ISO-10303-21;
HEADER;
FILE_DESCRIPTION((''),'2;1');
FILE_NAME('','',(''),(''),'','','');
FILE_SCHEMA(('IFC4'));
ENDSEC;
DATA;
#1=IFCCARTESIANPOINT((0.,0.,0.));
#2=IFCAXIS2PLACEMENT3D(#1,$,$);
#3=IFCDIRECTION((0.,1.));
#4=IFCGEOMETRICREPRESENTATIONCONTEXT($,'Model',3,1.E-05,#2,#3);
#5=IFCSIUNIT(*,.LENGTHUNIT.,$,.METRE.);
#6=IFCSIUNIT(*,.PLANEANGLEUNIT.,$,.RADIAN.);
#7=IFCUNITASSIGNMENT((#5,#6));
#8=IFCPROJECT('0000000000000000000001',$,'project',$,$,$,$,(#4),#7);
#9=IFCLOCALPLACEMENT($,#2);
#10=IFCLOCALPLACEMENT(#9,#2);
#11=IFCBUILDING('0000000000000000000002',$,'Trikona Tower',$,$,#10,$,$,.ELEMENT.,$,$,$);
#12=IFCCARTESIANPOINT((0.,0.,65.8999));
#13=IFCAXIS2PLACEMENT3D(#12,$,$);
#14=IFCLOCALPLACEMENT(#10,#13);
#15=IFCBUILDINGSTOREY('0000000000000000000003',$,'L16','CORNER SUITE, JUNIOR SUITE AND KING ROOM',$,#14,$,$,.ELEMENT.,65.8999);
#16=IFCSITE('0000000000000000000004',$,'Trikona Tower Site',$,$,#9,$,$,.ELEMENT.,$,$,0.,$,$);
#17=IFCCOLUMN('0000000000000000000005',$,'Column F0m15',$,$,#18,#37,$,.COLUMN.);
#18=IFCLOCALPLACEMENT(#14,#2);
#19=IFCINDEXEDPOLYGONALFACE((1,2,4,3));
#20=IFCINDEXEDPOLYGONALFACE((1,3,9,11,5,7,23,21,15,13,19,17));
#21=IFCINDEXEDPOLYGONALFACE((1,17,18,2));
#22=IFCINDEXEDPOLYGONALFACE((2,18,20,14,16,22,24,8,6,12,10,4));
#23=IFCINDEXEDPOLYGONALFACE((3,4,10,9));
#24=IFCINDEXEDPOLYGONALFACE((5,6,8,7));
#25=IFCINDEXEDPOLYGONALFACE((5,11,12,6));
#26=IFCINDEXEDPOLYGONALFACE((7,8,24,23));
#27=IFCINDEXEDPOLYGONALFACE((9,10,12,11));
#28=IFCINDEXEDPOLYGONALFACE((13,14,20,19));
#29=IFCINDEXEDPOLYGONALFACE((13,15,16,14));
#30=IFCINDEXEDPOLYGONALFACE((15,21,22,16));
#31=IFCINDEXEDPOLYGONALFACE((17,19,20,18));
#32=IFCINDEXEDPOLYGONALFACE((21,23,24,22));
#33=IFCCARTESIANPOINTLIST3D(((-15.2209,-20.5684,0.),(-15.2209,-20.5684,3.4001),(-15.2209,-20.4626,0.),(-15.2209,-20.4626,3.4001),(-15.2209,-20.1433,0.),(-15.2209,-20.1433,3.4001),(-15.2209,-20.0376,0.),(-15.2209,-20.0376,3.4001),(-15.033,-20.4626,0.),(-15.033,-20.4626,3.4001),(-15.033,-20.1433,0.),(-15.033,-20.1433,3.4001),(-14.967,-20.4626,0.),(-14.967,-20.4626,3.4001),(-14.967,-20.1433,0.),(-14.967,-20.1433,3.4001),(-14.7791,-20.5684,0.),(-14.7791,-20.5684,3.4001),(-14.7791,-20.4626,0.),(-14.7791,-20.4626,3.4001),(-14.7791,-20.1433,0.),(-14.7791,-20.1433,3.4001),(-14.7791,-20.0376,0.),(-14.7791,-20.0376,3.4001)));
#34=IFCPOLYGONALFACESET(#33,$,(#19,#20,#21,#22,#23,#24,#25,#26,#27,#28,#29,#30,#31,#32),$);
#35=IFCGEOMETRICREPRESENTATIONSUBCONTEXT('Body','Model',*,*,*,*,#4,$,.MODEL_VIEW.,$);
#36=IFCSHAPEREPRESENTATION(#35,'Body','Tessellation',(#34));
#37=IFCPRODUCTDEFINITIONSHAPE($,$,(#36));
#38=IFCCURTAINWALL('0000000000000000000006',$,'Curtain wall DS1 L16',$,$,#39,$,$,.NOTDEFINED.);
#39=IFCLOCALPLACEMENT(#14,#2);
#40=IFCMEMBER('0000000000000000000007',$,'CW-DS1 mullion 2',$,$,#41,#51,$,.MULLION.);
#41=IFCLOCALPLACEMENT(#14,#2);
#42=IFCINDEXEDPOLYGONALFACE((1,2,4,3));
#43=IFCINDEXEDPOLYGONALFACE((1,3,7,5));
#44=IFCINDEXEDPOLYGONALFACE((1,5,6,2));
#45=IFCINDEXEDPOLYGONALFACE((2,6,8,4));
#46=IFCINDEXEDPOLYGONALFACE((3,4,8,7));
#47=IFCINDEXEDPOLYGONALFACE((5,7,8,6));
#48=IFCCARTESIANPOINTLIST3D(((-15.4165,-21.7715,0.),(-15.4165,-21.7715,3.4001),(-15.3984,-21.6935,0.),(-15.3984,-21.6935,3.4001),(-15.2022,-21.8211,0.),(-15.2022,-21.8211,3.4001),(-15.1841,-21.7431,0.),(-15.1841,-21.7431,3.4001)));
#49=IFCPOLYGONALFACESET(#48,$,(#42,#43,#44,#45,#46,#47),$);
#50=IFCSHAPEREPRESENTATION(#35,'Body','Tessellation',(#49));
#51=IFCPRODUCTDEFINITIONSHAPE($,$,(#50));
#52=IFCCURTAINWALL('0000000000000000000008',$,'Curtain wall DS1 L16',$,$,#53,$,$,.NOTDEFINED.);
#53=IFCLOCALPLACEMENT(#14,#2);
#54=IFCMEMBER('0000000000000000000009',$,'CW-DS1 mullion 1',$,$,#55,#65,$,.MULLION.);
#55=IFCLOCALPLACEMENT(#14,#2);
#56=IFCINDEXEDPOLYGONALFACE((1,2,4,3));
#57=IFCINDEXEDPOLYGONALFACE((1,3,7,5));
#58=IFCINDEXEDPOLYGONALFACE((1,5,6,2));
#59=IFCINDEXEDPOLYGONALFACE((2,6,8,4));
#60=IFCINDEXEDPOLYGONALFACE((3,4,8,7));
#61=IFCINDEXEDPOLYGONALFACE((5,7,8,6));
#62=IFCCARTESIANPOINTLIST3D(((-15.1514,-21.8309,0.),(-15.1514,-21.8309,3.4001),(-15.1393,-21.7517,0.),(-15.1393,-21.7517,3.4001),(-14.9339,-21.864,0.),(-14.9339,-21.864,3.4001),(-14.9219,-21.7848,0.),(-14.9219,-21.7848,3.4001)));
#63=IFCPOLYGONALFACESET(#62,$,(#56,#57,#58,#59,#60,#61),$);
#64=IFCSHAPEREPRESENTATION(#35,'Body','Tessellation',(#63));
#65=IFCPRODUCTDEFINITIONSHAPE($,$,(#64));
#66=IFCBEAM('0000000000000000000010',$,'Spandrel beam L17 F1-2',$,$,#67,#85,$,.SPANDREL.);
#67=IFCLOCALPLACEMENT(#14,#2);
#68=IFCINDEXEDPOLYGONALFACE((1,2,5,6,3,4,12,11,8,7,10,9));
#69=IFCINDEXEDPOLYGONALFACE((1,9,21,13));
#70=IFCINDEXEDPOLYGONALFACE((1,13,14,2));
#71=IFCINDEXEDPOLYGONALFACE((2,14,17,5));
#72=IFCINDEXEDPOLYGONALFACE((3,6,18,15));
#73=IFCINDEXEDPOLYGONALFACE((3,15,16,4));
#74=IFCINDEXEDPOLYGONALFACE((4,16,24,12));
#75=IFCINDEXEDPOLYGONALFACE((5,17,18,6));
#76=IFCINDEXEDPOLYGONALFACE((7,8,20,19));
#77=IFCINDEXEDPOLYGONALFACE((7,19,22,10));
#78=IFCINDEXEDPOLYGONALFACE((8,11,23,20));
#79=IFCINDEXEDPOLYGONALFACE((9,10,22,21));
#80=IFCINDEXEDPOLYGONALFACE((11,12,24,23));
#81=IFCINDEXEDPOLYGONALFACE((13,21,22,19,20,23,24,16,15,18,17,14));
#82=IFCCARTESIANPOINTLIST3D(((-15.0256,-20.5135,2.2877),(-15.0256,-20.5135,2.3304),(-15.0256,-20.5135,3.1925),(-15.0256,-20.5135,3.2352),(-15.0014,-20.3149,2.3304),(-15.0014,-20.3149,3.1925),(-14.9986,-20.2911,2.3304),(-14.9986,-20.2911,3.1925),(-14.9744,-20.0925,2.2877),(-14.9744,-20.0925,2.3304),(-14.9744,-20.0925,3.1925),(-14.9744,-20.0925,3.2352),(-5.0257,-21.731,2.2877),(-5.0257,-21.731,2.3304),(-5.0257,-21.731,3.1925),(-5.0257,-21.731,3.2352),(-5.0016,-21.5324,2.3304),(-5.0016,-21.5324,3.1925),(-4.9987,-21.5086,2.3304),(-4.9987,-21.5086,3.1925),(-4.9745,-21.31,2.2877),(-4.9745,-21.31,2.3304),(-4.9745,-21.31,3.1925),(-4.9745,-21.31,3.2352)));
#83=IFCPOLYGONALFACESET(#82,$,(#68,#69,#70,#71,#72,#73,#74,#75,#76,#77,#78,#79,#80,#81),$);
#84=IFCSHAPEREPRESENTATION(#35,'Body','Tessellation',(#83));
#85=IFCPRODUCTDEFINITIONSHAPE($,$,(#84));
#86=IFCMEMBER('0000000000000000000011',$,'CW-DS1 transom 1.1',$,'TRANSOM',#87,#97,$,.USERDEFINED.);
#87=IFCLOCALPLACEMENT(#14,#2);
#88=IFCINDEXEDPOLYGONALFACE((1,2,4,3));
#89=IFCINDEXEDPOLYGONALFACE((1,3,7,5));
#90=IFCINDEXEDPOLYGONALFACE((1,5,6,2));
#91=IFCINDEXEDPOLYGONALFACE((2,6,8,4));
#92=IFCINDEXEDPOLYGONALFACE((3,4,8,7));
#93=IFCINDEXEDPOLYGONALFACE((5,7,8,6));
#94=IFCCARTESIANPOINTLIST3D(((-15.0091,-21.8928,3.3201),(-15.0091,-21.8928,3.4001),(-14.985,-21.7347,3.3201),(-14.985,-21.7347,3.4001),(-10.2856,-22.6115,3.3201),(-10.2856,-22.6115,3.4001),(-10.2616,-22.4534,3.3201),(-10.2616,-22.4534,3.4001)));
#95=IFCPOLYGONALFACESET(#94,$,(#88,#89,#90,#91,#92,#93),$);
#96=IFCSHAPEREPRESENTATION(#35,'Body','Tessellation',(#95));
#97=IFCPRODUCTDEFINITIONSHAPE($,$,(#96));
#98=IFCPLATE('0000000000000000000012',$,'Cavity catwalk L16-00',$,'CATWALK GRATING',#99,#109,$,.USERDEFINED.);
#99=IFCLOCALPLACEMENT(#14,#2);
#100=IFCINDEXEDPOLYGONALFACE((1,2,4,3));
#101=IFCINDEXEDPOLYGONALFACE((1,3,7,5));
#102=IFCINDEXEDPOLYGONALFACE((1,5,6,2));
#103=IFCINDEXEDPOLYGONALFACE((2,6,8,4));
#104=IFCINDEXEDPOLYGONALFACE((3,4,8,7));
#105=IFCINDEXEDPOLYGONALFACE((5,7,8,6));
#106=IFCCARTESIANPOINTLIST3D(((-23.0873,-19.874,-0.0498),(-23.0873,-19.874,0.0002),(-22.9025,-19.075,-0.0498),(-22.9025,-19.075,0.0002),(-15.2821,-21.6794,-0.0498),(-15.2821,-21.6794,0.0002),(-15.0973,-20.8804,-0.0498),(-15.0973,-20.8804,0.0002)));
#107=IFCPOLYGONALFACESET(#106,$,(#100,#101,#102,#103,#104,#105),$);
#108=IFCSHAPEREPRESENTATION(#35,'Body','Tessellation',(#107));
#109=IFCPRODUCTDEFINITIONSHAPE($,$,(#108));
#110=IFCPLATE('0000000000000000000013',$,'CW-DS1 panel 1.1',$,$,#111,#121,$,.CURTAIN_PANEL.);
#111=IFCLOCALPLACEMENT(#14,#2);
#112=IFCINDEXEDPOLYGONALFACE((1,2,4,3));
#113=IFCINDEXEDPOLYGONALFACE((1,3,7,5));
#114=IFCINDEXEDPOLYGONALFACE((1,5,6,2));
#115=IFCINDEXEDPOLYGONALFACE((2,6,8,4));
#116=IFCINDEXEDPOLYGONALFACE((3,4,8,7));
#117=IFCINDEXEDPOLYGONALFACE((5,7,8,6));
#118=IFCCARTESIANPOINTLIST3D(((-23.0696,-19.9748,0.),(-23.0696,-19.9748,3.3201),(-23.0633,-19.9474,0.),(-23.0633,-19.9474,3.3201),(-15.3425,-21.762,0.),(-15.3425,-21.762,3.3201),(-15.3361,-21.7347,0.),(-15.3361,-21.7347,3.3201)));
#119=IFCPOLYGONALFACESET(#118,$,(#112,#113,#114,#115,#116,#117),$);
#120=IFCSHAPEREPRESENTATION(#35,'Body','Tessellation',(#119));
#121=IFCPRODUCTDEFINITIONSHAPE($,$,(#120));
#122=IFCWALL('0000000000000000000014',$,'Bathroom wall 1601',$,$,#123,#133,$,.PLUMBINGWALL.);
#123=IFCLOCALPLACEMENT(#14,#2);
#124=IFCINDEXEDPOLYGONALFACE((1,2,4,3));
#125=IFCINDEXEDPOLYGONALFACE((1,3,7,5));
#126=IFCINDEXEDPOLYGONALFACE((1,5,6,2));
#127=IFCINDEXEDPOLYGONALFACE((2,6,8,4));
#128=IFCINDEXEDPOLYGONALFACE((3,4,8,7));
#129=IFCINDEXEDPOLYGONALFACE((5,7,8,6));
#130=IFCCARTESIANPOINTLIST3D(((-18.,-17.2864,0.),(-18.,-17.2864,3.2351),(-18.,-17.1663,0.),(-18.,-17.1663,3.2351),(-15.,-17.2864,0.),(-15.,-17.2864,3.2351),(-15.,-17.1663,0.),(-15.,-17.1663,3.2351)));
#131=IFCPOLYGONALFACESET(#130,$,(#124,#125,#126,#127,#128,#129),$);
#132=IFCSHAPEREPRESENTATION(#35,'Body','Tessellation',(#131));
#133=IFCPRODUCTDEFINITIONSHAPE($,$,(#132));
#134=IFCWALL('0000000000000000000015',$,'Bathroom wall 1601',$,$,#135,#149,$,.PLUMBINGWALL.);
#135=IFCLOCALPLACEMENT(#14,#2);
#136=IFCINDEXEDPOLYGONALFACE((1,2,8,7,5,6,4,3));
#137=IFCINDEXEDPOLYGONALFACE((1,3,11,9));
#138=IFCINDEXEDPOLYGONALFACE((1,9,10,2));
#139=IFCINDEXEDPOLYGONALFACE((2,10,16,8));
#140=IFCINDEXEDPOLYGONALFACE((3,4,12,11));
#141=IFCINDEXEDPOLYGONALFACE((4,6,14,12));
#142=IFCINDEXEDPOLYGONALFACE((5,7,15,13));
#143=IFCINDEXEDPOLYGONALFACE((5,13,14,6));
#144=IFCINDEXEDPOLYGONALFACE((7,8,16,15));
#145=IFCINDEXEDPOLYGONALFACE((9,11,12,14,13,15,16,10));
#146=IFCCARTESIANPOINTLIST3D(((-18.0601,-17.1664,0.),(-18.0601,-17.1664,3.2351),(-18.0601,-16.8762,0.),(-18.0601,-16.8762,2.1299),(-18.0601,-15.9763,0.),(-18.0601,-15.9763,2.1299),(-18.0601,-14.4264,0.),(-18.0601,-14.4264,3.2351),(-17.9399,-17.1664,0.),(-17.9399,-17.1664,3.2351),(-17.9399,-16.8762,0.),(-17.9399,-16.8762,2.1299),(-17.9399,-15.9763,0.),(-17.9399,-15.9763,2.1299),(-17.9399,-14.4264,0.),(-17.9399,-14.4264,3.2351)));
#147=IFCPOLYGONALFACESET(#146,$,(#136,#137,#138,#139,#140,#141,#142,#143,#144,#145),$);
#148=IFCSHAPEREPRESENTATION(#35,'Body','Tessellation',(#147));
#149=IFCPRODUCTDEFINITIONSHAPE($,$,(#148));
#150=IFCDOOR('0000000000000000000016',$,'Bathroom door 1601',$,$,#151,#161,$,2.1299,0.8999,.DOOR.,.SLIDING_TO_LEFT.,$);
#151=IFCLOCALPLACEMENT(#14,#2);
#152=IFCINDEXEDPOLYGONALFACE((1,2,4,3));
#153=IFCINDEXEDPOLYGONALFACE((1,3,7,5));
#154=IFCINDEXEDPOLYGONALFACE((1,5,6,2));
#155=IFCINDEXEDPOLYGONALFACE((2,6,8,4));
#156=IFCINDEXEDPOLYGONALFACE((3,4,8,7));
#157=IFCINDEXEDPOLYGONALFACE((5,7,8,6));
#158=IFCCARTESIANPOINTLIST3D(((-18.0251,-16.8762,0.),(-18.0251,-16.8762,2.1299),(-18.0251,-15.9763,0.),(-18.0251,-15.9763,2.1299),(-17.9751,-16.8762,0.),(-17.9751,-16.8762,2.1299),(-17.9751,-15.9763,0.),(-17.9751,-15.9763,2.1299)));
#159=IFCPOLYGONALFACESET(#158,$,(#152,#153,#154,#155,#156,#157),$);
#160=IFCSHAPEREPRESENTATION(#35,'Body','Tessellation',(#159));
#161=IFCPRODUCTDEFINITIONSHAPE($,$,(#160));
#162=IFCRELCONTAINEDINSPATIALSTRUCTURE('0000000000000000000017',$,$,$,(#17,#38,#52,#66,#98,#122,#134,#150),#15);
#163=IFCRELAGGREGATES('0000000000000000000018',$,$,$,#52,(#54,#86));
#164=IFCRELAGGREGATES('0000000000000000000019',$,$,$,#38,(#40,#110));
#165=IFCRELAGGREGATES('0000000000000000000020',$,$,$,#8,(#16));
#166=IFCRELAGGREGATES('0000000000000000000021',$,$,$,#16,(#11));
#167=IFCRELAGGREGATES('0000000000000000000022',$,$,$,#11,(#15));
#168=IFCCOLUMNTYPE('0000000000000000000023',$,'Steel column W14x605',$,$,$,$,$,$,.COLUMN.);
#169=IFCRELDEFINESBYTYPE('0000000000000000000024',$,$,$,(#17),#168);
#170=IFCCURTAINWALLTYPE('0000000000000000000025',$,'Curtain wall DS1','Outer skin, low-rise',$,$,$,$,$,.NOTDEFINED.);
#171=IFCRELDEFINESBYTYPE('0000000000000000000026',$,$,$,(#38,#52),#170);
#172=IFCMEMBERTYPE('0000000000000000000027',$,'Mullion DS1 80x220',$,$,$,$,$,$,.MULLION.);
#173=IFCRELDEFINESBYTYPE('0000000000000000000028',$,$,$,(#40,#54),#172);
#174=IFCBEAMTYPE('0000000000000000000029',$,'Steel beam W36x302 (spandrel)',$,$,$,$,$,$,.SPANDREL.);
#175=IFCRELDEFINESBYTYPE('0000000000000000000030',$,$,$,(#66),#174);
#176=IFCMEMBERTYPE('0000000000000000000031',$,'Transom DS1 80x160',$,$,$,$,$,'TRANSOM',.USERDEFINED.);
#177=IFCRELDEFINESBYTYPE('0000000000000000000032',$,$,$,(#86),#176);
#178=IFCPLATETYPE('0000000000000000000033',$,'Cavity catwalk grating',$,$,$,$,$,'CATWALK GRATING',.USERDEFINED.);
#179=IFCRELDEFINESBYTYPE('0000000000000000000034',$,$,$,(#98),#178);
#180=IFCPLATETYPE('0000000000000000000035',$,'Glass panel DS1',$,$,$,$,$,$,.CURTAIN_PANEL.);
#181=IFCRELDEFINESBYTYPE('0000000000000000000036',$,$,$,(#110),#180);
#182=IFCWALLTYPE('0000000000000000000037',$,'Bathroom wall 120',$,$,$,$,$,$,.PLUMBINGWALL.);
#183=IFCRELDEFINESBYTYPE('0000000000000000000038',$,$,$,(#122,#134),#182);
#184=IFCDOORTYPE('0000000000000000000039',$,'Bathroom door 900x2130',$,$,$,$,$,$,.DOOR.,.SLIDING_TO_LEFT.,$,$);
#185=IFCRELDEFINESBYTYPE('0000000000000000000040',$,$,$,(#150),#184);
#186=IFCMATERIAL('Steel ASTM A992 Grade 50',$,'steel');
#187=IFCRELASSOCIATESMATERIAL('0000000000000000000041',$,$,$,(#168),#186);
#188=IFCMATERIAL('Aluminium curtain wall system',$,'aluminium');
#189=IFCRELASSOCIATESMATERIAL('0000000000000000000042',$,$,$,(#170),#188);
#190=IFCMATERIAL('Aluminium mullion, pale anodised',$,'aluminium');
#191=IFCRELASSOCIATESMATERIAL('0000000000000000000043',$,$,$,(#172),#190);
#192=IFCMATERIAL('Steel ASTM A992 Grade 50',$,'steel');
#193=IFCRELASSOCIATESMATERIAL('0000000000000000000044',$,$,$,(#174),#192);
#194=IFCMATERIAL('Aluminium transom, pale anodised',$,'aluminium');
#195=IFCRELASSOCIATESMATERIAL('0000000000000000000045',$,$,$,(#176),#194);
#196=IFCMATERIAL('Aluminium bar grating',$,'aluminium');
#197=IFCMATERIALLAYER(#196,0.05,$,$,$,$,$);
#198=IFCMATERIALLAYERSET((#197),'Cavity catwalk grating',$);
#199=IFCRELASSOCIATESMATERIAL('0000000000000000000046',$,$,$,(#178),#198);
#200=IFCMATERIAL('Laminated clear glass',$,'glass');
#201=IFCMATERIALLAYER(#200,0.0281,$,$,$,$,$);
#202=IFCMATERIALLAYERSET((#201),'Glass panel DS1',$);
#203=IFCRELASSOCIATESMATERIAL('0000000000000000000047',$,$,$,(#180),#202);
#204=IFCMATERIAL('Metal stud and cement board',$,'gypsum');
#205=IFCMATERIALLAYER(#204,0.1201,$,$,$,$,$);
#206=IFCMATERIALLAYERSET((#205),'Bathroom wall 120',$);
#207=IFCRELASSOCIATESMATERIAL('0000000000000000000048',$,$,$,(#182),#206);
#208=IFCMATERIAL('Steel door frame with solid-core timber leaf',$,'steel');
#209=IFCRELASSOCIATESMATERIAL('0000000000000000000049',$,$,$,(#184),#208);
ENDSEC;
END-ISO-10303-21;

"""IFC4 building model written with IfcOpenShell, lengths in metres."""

from ifc_helpers import new_model, si_unit, direction, frame, frame_2d, origin, origin_2d, place, context, subcontext, project, spatial, rectangle, i_section, extrude, material, layer, layer_set, material_profile, profile_set, type_object, element, fill, aggregate, save


model = new_model("IFC4")

# Units and contexts
model_context = context("Model", 3, precision=1e-05, world=origin(), true_north=direction((0.0, 1.0)))
body_context = subcontext(model_context, "Body", "Model", "MODEL_VIEW")
ifc_project = project(units=[si_unit("LENGTHUNIT", "METRE"), si_unit("PLANEANGLEUNIT", "RADIAN")], contexts=[model_context])

# Site, building, storey
site_placement = place(None, origin())
site = spatial("IfcSite", under=ifc_project, at=site_placement, Name="Trikona Tower Site", CompositionType="ELEMENT", RefElevation=0.0)
building_placement = place(site_placement, origin())
building = spatial("IfcBuilding", under=site, at=building_placement, Name="Trikona Tower", CompositionType="ELEMENT")
storey_placement = place(building_placement, frame((0.0, 0.0, 65.8999)))
storey = spatial("IfcBuildingStorey", under=building, at=storey_placement, Name="L16", Description="CORNER SUITE, JUNIOR SUITE AND KING ROOM", CompositionType="ELEMENT", Elevation=65.8999)

# Column
ifc_material_1 = material(Name="Steel ASTM A992 Grade 50", Category="steel")
ifc_material_profile_1 = material_profile(ifc_material_1, i_section(OverallWidth=0.4419, OverallDepth=0.5308, WebThickness=0.0659, FlangeThickness=0.1057, at=origin_2d()), Name="W14X605")
ifc_profile_set_1 = profile_set([ifc_material_profile_1], Name="Steel ASTM A992 Grade 50")
column_type = type_object("IfcColumnType", Name="Steel column W14x605", PredefinedType="COLUMN", material=ifc_profile_set_1)
column_placement = place(storey_placement, frame((-15.0, -20.303, 0.0), z_axis=(0.0, 0.0, 1.0), x_axis=(1.0, 0.0, 0.0)))
element("IfcColumn", 1, at=column_placement, inside=storey, type_object=column_type, Name="Column F0m15", PredefinedType="COLUMN", context=body_context, shape_type="SweptSolid", body=[
    extrude(i_section(OverallWidth=0.4419, OverallDepth=0.5308, WebThickness=0.0659, FlangeThickness=0.1057, at=origin_2d()), origin(), (0.0, 0.0, 1.0), 3.4001),
])

# Curtain walls, members
ifc_material_2 = material(Name="Aluminium curtain wall system", Category="aluminium")
curtain_wall_type = type_object("IfcCurtainWallType", Name="Curtain wall DS1", Description="Outer skin, low-rise", PredefinedType="NOTDEFINED", material=ifc_material_2)
curtain_wall_1_placement = place(storey_placement, origin())
curtain_wall_1 = element("IfcCurtainWall", 2, at=curtain_wall_1_placement, inside=storey, type_object=curtain_wall_type, Name="Curtain wall DS1 L16", PredefinedType="NOTDEFINED")
ifc_material_3 = material(Name="Aluminium mullion, pale anodised", Category="aluminium")
ifc_material_profile_2 = material_profile(ifc_material_3, rectangle(XDim=0.0801, YDim=0.22, at=origin_2d()), Name="MUL-DS1")
ifc_profile_set_2 = profile_set([ifc_material_profile_2], Name="Aluminium mullion, pale anodised")
member_type_1 = type_object("IfcMemberType", Name="Mullion DS1 80x220", PredefinedType="MULLION", material=ifc_profile_set_2)
member_1_placement = place(storey_placement, frame((-15.3003, -21.7573, 0.0), z_axis=(0.0, 0.0, 1.0), x_axis=(0.225343, 0.974279, 0.0)))
member_1 = element("IfcMember", 3, at=member_1_placement, type_object=member_type_1, Name="CW-DS1 mullion 2", PredefinedType="MULLION", context=body_context, shape_type="SweptSolid", body=[
    extrude(rectangle(XDim=0.0801, YDim=0.22, at=origin_2d()), origin(), (0.0, 0.0, 1.0), 3.4001),
])
curtain_wall_2_placement = place(storey_placement, origin())
curtain_wall_2 = element("IfcCurtainWall", 4, at=curtain_wall_2_placement, inside=storey, type_object=curtain_wall_type, Name="Curtain wall DS1 L16", PredefinedType="NOTDEFINED")
member_2_placement = place(storey_placement, frame((-15.0366, -21.8079, 0.0), z_axis=(0.0, 0.0, 1.0), x_axis=(0.150438, 0.988619, 0.0)))
member_2 = element("IfcMember", 5, at=member_2_placement, type_object=member_type_1, Name="CW-DS1 mullion 1", PredefinedType="MULLION", context=body_context, shape_type="SweptSolid", body=[
    extrude(rectangle(XDim=0.0801, YDim=0.22, at=origin_2d()), origin(), (0.0, 0.0, 1.0), 3.4001),
])

# Beam
ifc_material_4 = material(Name="Steel ASTM A992 Grade 50", Category="steel")
ifc_material_profile_3 = material_profile(ifc_material_4, i_section(OverallWidth=0.4241, OverallDepth=0.9475, WebThickness=0.0239, FlangeThickness=0.0427, at=origin_2d()), Name="W36X302")
ifc_profile_set_3 = profile_set([ifc_material_profile_3], Name="Steel ASTM A992 Grade 50")
beam_type = type_object("IfcBeamType", Name="Steel beam W36x302 (spandrel)", PredefinedType="SPANDREL", material=ifc_profile_set_3)
beam_placement = place(storey_placement, frame((-15.0, -20.303, 2.7615), z_axis=(0.99267, -0.12086, 0.0), x_axis=(0.12086, 0.99267, 0.0)))
element("IfcBeam", 6, at=beam_placement, inside=storey, type_object=beam_type, Name="Spandrel beam L17 F1-2", PredefinedType="SPANDREL", context=body_context, shape_type="SweptSolid", body=[
    extrude(i_section(OverallWidth=0.4241, OverallDepth=0.9475, WebThickness=0.0239, FlangeThickness=0.0427, at=origin_2d()), origin(), (0.0, 0.0, 1.0), 10.0737),
])

# Member
ifc_material_5 = material(Name="Aluminium transom, pale anodised", Category="aluminium")
ifc_material_profile_4 = material_profile(ifc_material_5, rectangle(XDim=0.1599, YDim=0.0801, at=origin_2d()), Name="TRN-DS1")
ifc_profile_set_4 = profile_set([ifc_material_profile_4], Name="Aluminium transom, pale anodised")
member_type_2 = type_object("IfcMemberType", Name="Transom DS1 80x160", ElementType="TRANSOM", PredefinedType="USERDEFINED", material=ifc_profile_set_4)
member_3_placement = place(storey_placement, frame((-14.9971, -21.8137, 3.3601), z_axis=(0.98862, -0.150437, 0.0), x_axis=(0.150437, 0.98862, 0.0)))
member_3 = element("IfcMember", 7, at=member_3_placement, type_object=member_type_2, Name="CW-DS1 transom 1.1", ObjectType="TRANSOM", PredefinedType="USERDEFINED", context=body_context, shape_type="SweptSolid", body=[
    extrude(rectangle(XDim=0.1599, YDim=0.0801, at=origin_2d()), origin(), (0.0, 0.0, 1.0), 4.7778),
])
aggregate(curtain_wall_2, [member_2, member_3])

# Plates
ifc_material_6 = material(Name="Aluminium bar grating", Category="aluminium")
ifc_layer_1 = layer(ifc_material_6, 0.05)
ifc_layer_set_1 = layer_set([ifc_layer_1], Name="Cavity catwalk grating")
plate_type_1 = type_object("IfcPlateType", Name="Cavity catwalk grating", ElementType="CATWALK GRATING", PredefinedType="USERDEFINED", material=ifc_layer_set_1)
plate_1_placement = place(storey_placement, frame((-19.0923, -20.3772, -0.0498), z_axis=(0.0, 0.0, 1.0), x_axis=(0.974278, -0.225351, 0.0)))
element("IfcPlate", 8, at=plate_1_placement, inside=storey, type_object=plate_type_1, Name="Cavity catwalk L16-00", ObjectType="CATWALK GRATING", PredefinedType="USERDEFINED", context=body_context, shape_type="SweptSolid", body=[
    extrude(rectangle(XDim=8.0112, YDim=0.8201, at=origin_2d()), origin(), (0.0, 0.0, 1.0), 0.05),
])
ifc_material_7 = material(Name="Laminated clear glass", Category="glass")
ifc_layer_2 = layer(ifc_material_7, 0.0281)
ifc_layer_set_2 = layer_set([ifc_layer_2], Name="Glass panel DS1")
plate_type_2 = type_object("IfcPlateType", Name="Glass panel DS1", PredefinedType="CURTAIN_PANEL", material=ifc_layer_set_2)
plate_2_placement = place(storey_placement, frame((-19.2029, -20.8547, 0.0), z_axis=(0.0, 0.0, 1.0), x_axis=(0.974279, -0.225343, 0.0)))
plate_2 = element("IfcPlate", 9, at=plate_2_placement, type_object=plate_type_2, Name="CW-DS1 panel 1.1", PredefinedType="CURTAIN_PANEL", context=body_context, shape_type="SweptSolid", body=[
    extrude(rectangle(XDim=7.9312, YDim=0.0281, at=origin_2d()), origin(), (0.0, 0.0, 1.0), 3.3201),
])
aggregate(curtain_wall_1, [member_1, plate_2])

# Wall
ifc_material_8 = material(Name="Metal stud and cement board", Category="gypsum")
ifc_layer_3 = layer(ifc_material_8, 0.1201)
ifc_layer_set_3 = layer_set([ifc_layer_3], Name="Bathroom wall 120")
wall_type_1 = type_object("IfcWallType", Name="Bathroom wall 120", PredefinedType="PLUMBINGWALL", material=ifc_layer_set_3)
wall_1_placement = place(storey_placement, frame((-18.0, -17.2263, 0.0), z_axis=(0.0, 0.0, 1.0), x_axis=(1.0, 0.0, 0.0)))
element("IfcWall", 10, at=wall_1_placement, inside=storey, type_object=wall_type_1, Name="Bathroom wall 1601", PredefinedType="PLUMBINGWALL", context=body_context, shape_type="SweptSolid", body=[
    extrude(rectangle(XDim=3.0, YDim=0.1201, at=frame_2d((1.5, 0.0))), origin(), (0.0, 0.0, 1.0), 3.2351),
])

# Wall, opening, door
wall_2_placement = place(storey_placement, frame((-18.0, -14.4263, 0.0), z_axis=(0.0, 0.0, 1.0), x_axis=(0.0, -1.0, 0.0)))
wall_2 = element("IfcWall", 11, at=wall_2_placement, inside=storey, type_object=wall_type_1, Name="Bathroom wall 1601", PredefinedType="PLUMBINGWALL", context=body_context, shape_type="SweptSolid", body=[
    extrude(rectangle(XDim=2.74, YDim=0.1201, at=frame_2d((1.3701, 0.0))), origin(), (0.0, 0.0, 1.0), 3.2351),
])
opening_1_placement = place(wall_2_placement, frame((1.55, 0.0, 0.0)))
opening_1 = element("IfcOpeningElement", 12, at=opening_1_placement, cuts=wall_2, PredefinedType="OPENING", context=body_context, shape_type="SweptSolid", body=[
    extrude(rectangle(XDim=0.8999, YDim=2.1299, at=frame_2d((0.45, 1.0649))), frame((0.0, 0.0701, 0.0), z_axis=(0.0, -1.0, 0.0), x_axis=(1.0, 0.0, 0.0)), (0.0, 0.0, 1.0), 0.1401),
])
ifc_material_9 = material(Name="Steel door frame with solid-core timber leaf", Category="steel")
door_type = type_object("IfcDoorType", Name="Bathroom door 900x2130", OperationType="SLIDING_TO_LEFT", PredefinedType="DOOR", material=ifc_material_9)
door_placement = place(opening_1_placement, origin())
door = element("IfcDoor", 13, at=door_placement, inside=storey, type_object=door_type, Name="Bathroom door 1601", OperationType="SLIDING_TO_LEFT", OverallHeight=2.1299, OverallWidth=0.8999, PredefinedType="DOOR", context=body_context, shape_type="SweptSolid", body=[
    extrude(rectangle(XDim=0.8999, YDim=2.1299, at=frame_2d((0.45, 1.0649))), frame((0.0, 0.0249, 0.0), z_axis=(0.0, -1.0, 0.0), x_axis=(1.0, 0.0, 0.0)), (0.0, 0.0, 1.0), 0.05),
])
fill(opening_1, door)

save(model, "model.ifc")
